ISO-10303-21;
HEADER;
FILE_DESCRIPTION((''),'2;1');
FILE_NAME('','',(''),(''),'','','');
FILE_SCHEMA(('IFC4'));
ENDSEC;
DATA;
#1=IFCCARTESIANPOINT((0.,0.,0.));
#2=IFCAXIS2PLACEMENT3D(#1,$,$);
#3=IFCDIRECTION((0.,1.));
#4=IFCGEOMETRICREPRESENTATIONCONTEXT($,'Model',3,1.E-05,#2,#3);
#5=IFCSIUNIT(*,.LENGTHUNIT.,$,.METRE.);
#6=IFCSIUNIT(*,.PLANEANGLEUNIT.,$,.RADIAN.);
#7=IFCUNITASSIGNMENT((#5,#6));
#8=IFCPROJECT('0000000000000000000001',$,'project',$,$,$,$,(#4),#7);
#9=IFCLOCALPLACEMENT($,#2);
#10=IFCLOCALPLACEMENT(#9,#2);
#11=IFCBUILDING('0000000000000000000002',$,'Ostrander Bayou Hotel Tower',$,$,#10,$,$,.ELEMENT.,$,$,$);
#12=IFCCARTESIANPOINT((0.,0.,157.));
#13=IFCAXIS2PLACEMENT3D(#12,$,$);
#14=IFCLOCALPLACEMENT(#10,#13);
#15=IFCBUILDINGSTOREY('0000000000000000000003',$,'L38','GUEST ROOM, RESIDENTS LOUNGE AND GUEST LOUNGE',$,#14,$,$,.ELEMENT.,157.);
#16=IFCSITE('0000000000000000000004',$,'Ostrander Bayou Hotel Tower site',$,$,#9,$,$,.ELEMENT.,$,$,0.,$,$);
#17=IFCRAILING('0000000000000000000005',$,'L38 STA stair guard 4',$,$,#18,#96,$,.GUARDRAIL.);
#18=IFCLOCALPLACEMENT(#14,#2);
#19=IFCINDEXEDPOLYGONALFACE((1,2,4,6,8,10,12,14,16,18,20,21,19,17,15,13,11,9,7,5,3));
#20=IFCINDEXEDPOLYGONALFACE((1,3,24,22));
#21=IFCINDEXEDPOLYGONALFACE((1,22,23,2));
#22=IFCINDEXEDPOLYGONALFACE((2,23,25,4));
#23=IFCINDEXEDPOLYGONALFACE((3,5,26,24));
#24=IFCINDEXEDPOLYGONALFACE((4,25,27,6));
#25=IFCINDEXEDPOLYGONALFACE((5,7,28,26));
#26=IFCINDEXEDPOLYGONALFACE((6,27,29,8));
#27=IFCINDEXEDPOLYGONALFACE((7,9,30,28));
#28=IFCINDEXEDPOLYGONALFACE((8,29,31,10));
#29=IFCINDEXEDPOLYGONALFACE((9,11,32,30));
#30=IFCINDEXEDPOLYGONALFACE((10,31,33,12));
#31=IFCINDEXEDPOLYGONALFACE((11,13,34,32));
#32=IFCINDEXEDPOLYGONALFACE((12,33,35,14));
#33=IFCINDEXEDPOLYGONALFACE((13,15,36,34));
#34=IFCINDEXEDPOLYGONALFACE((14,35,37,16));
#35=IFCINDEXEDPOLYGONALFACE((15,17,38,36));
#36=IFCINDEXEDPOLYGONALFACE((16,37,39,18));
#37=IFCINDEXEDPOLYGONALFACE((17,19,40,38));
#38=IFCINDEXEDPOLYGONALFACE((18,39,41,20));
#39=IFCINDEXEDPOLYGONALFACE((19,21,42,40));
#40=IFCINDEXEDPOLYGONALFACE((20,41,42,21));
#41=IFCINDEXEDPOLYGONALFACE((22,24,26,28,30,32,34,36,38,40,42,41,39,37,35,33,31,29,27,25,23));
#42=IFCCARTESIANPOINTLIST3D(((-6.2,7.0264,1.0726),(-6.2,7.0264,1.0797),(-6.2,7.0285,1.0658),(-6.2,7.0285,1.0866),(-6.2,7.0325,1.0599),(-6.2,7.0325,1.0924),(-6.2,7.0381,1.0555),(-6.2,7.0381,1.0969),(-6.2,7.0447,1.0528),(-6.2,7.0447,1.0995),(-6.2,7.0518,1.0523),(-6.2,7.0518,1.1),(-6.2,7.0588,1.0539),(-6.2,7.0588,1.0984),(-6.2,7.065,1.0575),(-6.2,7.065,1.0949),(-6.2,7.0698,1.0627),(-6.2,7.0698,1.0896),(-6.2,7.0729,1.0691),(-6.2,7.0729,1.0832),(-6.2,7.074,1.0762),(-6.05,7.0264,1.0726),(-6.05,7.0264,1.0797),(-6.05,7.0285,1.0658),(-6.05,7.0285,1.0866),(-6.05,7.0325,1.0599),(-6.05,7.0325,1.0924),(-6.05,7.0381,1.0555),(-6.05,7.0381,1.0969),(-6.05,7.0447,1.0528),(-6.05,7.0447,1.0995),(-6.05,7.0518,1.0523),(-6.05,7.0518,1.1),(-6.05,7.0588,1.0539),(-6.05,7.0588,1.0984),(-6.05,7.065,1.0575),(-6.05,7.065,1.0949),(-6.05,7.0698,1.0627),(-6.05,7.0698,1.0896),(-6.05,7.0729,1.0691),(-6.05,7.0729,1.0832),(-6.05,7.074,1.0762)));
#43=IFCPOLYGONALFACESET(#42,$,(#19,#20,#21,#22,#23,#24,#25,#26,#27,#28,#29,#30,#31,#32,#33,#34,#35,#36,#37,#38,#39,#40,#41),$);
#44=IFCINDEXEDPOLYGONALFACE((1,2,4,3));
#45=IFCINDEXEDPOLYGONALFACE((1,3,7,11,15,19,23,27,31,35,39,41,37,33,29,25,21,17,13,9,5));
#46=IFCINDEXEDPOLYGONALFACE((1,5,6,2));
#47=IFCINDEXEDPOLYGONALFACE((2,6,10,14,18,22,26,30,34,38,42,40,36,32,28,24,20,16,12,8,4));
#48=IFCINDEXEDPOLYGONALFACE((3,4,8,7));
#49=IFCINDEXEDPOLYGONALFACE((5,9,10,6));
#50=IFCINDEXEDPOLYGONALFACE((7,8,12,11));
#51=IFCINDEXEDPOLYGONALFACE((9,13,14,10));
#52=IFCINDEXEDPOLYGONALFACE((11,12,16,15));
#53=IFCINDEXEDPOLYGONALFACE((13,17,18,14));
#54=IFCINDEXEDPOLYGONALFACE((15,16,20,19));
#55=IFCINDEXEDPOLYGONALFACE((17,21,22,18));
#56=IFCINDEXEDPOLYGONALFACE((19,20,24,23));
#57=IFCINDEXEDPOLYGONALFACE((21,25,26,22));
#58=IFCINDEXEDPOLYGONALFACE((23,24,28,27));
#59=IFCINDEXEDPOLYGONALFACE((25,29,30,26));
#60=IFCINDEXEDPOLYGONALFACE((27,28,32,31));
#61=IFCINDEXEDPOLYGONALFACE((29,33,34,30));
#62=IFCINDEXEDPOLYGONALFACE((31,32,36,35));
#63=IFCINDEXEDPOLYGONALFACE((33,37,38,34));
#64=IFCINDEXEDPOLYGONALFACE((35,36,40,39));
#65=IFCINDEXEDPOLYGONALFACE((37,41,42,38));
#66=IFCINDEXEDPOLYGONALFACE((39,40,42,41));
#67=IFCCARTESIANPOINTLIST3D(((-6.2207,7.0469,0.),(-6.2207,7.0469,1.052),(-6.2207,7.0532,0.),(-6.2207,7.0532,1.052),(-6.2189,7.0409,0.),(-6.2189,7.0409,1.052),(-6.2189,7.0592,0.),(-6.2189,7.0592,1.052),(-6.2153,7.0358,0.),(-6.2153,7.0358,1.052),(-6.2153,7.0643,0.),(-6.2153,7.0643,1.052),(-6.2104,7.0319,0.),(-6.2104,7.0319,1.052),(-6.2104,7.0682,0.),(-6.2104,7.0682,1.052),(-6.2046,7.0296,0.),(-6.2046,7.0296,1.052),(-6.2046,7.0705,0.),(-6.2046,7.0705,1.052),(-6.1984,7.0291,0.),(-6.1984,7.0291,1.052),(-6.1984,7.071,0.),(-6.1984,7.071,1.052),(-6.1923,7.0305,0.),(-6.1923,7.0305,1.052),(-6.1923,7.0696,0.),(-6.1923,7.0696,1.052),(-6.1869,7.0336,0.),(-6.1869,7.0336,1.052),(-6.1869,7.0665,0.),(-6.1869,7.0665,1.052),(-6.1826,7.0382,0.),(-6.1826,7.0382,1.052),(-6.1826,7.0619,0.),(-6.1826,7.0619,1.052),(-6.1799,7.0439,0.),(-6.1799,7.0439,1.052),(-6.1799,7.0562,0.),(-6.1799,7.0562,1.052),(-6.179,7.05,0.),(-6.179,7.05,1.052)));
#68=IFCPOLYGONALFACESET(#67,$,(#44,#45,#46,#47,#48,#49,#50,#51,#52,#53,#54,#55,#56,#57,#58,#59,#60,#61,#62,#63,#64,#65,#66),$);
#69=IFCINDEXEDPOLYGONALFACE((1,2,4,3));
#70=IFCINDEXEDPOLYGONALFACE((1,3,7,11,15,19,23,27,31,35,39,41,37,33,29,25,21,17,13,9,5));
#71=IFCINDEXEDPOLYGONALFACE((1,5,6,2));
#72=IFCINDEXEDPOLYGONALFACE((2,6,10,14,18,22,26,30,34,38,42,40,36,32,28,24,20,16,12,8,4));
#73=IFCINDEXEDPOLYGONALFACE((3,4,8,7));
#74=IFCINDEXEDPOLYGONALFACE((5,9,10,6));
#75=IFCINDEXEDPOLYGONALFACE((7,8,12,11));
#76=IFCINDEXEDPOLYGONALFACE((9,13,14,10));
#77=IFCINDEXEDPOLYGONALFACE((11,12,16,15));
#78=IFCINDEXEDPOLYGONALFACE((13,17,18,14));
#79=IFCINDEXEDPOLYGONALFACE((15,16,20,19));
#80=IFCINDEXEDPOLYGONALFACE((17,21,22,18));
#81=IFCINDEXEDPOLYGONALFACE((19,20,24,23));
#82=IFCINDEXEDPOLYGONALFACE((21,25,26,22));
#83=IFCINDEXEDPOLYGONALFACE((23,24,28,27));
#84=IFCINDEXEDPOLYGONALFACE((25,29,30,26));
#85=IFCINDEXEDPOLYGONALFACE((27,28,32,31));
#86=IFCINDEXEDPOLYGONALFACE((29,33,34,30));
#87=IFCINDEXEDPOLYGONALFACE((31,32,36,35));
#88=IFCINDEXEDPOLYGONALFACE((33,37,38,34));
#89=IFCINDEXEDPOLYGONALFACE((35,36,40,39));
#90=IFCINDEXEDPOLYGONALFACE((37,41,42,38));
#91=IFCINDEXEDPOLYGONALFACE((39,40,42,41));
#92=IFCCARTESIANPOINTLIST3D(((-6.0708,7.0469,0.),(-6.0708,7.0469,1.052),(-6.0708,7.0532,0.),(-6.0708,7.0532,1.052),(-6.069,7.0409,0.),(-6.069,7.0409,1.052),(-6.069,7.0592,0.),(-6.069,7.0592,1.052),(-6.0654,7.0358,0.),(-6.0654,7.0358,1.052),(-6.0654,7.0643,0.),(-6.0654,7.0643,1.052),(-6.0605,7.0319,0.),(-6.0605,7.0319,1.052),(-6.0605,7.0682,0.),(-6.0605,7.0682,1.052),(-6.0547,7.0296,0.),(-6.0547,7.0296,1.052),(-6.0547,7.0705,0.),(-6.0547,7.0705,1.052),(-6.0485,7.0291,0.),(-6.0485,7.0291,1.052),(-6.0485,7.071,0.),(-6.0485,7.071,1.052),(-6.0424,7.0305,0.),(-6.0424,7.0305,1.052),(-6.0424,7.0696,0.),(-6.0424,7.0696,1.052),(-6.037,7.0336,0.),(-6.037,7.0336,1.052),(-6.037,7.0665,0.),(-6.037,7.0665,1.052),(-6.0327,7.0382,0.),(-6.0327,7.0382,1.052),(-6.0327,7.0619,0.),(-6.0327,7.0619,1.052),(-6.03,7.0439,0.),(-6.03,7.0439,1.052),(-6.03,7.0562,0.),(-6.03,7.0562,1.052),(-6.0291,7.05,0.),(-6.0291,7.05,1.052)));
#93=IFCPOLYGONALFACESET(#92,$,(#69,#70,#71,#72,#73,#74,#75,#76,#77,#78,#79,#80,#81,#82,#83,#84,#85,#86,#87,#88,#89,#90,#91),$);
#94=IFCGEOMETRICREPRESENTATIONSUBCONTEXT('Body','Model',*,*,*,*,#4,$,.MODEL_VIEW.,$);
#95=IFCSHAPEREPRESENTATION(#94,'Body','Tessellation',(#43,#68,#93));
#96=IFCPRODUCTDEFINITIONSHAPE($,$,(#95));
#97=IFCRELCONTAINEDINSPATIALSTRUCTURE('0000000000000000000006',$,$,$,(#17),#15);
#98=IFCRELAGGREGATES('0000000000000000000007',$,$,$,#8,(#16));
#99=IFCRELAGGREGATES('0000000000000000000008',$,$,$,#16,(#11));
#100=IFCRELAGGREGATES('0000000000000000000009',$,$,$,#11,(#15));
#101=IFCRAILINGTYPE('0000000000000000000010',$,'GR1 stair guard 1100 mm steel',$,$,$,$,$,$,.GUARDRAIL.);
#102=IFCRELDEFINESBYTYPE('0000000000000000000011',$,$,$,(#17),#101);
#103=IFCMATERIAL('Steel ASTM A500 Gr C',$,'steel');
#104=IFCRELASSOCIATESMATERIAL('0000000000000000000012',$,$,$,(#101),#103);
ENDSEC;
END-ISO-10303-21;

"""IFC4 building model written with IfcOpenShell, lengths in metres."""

from ifc_helpers import new_model, si_unit, direction, frame, origin, origin_2d, place, context, subcontext, project, spatial, circle, extrude, material, type_object, element, save


model = new_model("IFC4")

# Units and contexts
model_context = context("Model", 3, precision=1e-05, world=origin(), true_north=direction((0.0, 1.0)))
body_context = subcontext(model_context, "Body", "Model", "MODEL_VIEW")
ifc_project = project(units=[si_unit("LENGTHUNIT", "METRE"), si_unit("PLANEANGLEUNIT", "RADIAN")], contexts=[model_context])

# Site, building, storey
site_placement = place(None, origin())
site = spatial("IfcSite", under=ifc_project, at=site_placement, Name="Ostrander Bayou Hotel Tower site", CompositionType="ELEMENT", RefElevation=0.0)
building_placement = place(site_placement, origin())
building = spatial("IfcBuilding", under=site, at=building_placement, Name="Ostrander Bayou Hotel Tower", CompositionType="ELEMENT")
storey_placement = place(building_placement, frame((0.0, 0.0, 157.0)))
storey = spatial("IfcBuildingStorey", under=building, at=storey_placement, Name="L38", Description="GUEST ROOM, RESIDENTS LOUNGE AND GUEST LOUNGE", CompositionType="ELEMENT", Elevation=157.0)

# Railing
ifc_material_1 = material(Name="Steel ASTM A500 Gr C", Category="steel")
railing_type_1 = type_object("IfcRailingType", Name="GR1 stair guard 1100 mm steel", PredefinedType="GUARDRAIL", material=ifc_material_1)
railing_1_placement = place(storey_placement, frame((-6.2, 7.05, 0.0)))
element("IfcRailing", 1, at=railing_1_placement, inside=storey, type_object=railing_type_1, Name="L38 STA stair guard 4", PredefinedType="GUARDRAIL", context=body_context, shape_type="SweptSolid", body=[
    extrude(circle(Radius=0.0239, at=origin_2d()), frame((0.0, 0.0, 1.0762), z_axis=(1.0, 0.0, 0.0), x_axis=(0.0, 1.0, 0.0)), (0.0, 0.0, 1.0), 0.1499),
    extrude(circle(Radius=0.021, at=origin_2d()), origin(), (0.0, 0.0, 1.0), 1.052),
    extrude(circle(Radius=0.021, at=origin_2d()), frame((0.1499, 0.0, 0.0)), (0.0, 0.0, 1.0), 1.052),
])

save(model, "model.ifc")
